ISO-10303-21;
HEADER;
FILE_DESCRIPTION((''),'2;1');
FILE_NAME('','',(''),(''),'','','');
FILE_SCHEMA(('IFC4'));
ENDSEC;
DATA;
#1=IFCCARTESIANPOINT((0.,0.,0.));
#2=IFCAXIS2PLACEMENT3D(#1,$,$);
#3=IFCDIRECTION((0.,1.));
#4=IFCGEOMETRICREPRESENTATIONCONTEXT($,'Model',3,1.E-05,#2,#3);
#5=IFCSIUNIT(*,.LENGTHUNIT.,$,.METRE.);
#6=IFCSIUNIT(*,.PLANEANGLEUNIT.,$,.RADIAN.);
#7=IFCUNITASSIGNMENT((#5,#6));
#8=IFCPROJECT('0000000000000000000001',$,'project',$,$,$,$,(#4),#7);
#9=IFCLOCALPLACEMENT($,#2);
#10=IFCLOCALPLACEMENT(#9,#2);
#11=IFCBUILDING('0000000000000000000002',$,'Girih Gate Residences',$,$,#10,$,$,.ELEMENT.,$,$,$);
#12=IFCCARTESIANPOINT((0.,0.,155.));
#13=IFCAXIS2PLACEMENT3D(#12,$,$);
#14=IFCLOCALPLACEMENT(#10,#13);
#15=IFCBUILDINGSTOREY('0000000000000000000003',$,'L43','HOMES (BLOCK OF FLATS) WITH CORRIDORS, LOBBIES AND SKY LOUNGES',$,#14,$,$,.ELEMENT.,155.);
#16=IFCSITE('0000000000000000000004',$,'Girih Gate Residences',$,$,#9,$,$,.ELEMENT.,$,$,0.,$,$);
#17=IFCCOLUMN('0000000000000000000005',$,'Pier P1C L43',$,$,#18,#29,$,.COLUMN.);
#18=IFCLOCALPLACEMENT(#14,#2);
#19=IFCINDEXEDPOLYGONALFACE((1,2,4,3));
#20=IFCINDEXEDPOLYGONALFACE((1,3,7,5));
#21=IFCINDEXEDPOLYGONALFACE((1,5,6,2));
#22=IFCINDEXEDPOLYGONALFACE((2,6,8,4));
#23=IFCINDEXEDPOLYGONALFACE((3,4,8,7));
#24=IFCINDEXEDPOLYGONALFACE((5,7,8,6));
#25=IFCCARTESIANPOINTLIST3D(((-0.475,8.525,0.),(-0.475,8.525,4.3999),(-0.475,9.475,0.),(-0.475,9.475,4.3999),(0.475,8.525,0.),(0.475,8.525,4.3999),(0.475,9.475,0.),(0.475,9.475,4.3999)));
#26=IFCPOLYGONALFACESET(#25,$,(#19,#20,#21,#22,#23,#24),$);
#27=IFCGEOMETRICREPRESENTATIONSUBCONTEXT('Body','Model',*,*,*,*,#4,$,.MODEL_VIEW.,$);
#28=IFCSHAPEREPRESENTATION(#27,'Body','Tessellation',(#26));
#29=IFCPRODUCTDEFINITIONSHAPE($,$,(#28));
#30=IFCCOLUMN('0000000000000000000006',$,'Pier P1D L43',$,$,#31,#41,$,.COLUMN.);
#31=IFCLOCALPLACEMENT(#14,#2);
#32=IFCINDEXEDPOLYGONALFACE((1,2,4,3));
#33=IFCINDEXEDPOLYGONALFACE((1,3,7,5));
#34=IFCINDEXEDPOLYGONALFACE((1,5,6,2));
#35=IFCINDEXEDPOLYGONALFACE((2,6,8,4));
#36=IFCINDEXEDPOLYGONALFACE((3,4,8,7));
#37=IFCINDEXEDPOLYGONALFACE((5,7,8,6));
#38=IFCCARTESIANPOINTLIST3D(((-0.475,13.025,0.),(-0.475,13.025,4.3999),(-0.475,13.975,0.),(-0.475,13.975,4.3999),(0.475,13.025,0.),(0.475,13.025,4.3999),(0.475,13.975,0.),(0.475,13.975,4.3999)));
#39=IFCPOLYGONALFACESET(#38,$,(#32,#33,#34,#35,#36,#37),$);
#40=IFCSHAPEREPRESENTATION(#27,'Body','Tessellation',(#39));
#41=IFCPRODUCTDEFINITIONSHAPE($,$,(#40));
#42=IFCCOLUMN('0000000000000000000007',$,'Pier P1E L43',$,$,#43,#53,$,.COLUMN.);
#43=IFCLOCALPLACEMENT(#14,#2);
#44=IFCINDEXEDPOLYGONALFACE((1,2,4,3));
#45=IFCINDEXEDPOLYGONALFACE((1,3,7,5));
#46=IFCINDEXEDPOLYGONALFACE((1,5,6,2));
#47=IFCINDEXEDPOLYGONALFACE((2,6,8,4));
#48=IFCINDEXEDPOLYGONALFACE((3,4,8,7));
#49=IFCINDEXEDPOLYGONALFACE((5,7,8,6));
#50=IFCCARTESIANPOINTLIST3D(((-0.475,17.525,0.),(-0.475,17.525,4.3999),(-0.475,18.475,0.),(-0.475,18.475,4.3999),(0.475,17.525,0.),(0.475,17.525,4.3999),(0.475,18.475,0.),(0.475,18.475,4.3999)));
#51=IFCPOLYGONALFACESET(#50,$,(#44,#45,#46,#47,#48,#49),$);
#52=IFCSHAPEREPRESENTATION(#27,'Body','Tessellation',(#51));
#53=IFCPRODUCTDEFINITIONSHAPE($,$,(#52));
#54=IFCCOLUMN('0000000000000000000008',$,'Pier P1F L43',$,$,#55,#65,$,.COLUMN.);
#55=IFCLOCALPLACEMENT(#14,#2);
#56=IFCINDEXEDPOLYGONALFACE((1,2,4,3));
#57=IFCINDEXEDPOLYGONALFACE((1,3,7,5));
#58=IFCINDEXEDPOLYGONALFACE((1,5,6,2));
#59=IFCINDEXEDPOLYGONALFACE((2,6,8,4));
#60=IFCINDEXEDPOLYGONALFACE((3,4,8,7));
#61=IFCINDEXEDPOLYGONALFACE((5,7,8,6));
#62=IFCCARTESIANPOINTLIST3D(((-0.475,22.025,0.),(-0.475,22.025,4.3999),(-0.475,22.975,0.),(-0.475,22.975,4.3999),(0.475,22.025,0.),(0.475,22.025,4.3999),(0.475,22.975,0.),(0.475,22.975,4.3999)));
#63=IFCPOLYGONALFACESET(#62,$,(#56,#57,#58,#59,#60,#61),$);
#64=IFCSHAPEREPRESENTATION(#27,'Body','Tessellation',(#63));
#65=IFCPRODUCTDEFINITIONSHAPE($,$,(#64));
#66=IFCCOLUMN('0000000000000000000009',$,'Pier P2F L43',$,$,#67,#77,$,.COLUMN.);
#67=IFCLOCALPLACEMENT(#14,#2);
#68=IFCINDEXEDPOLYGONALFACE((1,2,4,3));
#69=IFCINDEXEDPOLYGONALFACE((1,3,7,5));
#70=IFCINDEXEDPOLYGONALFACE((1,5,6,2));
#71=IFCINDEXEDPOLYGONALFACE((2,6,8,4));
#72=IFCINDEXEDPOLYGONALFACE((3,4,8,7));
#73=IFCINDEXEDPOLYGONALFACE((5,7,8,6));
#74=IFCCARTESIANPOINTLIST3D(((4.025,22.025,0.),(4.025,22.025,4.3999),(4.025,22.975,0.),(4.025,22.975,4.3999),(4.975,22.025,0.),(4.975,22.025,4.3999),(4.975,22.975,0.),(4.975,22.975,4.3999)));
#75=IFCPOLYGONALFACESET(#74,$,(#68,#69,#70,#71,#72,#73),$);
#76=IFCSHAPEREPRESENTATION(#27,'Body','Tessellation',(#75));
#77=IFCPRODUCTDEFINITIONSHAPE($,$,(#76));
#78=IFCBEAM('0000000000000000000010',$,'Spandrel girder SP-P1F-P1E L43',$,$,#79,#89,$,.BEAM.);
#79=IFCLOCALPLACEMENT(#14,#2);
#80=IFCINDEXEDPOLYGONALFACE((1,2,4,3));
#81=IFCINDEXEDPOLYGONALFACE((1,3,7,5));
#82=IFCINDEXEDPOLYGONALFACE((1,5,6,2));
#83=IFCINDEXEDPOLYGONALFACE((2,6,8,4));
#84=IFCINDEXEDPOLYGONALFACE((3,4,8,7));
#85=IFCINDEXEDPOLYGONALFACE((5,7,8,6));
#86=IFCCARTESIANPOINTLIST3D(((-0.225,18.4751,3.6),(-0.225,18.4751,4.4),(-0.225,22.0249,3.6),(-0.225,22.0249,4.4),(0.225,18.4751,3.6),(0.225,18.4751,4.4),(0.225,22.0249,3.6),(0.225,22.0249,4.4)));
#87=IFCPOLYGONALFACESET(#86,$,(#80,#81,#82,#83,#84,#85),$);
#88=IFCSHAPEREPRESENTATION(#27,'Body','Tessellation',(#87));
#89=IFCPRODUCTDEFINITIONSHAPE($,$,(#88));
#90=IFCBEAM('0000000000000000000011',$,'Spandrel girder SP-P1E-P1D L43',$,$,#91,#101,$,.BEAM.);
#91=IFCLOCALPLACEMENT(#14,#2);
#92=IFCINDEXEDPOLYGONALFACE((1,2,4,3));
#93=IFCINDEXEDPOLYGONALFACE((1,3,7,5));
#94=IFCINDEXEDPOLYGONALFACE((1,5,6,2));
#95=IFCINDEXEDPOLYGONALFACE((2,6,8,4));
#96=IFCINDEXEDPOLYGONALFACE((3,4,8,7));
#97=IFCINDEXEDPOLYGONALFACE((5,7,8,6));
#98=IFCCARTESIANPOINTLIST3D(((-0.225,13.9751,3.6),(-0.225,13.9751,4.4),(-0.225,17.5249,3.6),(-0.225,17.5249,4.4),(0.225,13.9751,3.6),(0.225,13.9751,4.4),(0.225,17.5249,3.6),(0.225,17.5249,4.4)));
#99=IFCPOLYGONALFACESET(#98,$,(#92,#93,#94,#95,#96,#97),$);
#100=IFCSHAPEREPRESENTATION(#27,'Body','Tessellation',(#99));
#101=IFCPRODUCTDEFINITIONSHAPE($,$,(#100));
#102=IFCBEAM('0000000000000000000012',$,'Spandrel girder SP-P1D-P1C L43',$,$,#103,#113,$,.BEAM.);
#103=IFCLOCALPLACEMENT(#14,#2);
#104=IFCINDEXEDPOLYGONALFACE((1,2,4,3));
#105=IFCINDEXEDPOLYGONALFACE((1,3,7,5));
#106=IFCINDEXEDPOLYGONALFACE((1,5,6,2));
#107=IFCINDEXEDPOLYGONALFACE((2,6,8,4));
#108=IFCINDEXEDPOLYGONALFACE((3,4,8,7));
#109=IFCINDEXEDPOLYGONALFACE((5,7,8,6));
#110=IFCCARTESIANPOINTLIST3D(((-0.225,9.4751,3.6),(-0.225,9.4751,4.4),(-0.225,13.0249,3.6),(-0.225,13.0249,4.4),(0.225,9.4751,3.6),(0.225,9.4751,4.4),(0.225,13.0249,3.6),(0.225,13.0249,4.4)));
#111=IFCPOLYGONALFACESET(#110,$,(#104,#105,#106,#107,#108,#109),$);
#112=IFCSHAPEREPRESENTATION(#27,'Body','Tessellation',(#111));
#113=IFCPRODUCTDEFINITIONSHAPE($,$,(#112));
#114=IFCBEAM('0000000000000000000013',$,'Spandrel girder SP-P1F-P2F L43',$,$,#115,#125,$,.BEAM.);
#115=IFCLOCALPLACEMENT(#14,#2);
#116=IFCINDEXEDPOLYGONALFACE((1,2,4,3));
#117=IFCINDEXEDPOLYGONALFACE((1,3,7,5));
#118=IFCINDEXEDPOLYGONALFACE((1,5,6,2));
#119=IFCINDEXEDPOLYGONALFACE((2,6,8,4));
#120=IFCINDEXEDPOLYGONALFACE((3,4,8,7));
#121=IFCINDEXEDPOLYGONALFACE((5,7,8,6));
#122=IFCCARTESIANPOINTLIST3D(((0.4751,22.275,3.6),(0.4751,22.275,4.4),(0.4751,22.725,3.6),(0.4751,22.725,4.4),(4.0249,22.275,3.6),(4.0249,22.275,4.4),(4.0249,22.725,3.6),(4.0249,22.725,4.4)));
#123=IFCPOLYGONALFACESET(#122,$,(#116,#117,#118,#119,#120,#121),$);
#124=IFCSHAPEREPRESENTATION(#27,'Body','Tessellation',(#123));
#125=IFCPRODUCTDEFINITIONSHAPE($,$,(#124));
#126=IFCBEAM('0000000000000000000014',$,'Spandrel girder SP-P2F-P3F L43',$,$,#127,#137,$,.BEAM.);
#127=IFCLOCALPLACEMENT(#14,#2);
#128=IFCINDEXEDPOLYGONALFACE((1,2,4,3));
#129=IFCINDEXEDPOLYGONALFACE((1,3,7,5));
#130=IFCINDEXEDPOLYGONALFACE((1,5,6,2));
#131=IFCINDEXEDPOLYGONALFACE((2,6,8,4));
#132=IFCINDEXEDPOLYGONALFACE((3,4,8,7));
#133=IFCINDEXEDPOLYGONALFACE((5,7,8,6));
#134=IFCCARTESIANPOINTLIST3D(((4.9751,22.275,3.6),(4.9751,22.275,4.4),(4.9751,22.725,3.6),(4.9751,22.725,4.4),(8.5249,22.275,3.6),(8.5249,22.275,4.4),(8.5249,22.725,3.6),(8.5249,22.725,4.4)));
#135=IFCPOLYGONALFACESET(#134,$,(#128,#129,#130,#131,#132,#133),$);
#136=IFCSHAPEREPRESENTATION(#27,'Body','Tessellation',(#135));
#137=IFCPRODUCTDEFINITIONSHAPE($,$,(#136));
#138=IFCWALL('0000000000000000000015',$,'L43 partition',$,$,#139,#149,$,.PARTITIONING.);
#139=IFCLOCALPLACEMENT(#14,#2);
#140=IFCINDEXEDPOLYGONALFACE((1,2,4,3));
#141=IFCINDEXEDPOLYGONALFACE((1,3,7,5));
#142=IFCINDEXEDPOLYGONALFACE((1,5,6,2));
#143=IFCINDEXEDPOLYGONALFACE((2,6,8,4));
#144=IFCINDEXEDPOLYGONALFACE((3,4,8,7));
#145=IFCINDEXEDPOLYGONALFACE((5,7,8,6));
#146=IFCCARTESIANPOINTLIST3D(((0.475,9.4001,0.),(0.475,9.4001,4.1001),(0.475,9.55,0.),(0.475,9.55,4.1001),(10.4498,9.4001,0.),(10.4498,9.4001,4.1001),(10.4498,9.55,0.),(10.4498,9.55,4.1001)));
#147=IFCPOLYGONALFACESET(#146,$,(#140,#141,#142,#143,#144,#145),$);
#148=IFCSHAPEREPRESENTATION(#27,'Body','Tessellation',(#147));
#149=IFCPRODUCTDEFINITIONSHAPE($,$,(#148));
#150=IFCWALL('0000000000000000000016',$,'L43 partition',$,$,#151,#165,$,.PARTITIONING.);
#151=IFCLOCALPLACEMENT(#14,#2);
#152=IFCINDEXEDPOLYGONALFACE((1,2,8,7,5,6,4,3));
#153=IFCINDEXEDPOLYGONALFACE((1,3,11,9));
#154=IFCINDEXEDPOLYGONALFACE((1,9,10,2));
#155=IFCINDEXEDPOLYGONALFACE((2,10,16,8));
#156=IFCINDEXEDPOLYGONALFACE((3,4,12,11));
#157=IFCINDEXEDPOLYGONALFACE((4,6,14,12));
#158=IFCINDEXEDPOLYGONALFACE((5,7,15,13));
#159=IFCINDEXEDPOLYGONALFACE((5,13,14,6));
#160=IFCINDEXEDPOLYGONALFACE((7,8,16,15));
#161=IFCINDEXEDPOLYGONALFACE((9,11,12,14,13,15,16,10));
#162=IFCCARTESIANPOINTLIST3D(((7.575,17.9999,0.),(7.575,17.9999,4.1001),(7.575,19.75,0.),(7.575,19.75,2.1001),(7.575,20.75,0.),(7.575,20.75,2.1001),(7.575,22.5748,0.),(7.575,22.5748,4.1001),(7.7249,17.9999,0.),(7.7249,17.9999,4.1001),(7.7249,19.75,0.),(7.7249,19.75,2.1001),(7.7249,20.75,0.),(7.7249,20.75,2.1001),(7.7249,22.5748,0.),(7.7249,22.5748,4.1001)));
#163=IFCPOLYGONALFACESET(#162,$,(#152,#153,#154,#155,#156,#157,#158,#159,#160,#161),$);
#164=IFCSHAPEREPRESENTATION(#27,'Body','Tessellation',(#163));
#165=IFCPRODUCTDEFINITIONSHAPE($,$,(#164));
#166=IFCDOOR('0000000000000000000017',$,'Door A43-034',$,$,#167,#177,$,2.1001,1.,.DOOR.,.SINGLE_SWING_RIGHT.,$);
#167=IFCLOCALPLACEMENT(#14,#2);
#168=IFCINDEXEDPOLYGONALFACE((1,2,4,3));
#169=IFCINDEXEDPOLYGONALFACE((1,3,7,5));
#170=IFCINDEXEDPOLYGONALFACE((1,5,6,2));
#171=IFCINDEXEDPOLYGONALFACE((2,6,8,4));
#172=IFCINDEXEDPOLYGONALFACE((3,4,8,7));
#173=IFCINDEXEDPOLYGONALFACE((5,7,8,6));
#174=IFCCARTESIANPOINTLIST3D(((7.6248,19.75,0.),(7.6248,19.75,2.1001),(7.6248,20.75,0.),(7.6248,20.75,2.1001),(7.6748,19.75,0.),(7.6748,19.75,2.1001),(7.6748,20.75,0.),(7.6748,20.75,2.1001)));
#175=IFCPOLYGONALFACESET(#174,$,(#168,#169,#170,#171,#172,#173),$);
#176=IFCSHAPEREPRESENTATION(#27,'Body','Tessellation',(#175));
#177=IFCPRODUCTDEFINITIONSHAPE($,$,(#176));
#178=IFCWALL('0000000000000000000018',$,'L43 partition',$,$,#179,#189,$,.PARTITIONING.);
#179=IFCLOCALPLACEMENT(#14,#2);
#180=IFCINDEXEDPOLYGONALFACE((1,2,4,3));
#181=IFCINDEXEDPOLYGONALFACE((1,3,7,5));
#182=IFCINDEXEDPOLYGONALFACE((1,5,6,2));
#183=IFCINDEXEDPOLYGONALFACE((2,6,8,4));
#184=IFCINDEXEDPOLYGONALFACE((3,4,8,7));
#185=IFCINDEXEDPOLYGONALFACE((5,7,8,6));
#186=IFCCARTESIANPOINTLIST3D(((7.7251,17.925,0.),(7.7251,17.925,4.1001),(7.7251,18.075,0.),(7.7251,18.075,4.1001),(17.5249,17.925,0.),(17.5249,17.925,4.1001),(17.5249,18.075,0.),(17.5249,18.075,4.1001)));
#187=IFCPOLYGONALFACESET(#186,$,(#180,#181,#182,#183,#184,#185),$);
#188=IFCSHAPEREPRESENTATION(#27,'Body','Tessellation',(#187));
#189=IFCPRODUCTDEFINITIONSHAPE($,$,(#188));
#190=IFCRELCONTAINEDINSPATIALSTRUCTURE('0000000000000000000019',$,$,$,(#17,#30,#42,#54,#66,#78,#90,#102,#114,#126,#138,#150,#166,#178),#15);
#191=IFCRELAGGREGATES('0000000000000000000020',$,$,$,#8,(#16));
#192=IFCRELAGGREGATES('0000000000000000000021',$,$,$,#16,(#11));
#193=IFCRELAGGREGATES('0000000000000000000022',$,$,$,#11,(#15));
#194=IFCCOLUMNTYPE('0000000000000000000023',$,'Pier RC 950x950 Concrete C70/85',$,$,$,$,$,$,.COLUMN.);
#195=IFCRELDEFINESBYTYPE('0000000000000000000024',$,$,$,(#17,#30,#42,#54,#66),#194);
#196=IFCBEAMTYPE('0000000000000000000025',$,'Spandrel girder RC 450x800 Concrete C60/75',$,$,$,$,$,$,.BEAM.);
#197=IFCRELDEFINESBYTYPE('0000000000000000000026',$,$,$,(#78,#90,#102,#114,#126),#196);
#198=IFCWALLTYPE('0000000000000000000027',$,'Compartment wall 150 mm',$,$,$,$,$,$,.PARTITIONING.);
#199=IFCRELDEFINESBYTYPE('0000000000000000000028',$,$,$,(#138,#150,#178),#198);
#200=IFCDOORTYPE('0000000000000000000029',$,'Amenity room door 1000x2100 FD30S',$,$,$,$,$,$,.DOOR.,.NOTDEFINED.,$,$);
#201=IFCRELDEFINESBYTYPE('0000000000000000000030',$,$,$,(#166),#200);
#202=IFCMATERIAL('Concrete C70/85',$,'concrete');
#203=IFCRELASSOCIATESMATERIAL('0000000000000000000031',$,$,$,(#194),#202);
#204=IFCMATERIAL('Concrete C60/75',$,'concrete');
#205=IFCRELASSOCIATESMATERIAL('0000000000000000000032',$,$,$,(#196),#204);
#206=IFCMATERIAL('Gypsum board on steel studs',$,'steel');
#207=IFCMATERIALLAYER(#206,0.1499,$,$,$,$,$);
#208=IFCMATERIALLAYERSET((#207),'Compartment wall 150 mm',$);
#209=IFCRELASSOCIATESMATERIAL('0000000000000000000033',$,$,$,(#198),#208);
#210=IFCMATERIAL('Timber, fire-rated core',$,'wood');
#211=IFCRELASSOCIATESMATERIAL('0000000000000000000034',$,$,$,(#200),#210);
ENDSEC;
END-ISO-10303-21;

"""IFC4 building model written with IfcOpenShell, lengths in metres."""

from ifc_helpers import new_model, si_unit, direction, frame, frame_2d, origin, origin_2d, place, context, subcontext, project, spatial, rectangle, extrude, material, layer, layer_set, material_profile, profile_set, type_object, element, fill, save


model = new_model("IFC4")

# Units and contexts
model_context = context("Model", 3, precision=1e-05, world=origin(), true_north=direction((0.0, 1.0)))
body_context = subcontext(model_context, "Body", "Model", "MODEL_VIEW")
ifc_project = project(units=[si_unit("LENGTHUNIT", "METRE"), si_unit("PLANEANGLEUNIT", "RADIAN")], contexts=[model_context])

# Site, building, storey
site_placement = place(None, origin())
site = spatial("IfcSite", under=ifc_project, at=site_placement, Name="Girih Gate Residences", CompositionType="ELEMENT", RefElevation=0.0)
building_placement = place(site_placement, origin())
building = spatial("IfcBuilding", under=site, at=building_placement, Name="Girih Gate Residences", CompositionType="ELEMENT")
storey_placement = place(building_placement, frame((0.0, 0.0, 155.0)))
storey = spatial("IfcBuildingStorey", under=building, at=storey_placement, Name="L43", Description="HOMES (BLOCK OF FLATS) WITH CORRIDORS, LOBBIES AND SKY LOUNGES", CompositionType="ELEMENT", Elevation=155.0)

# Columns
ifc_material_1 = material(Name="Concrete C70/85", Category="concrete")
ifc_material_profile_1 = material_profile(ifc_material_1, rectangle(XDim=0.95, YDim=0.95, at=origin_2d()))
ifc_profile_set_1 = profile_set([ifc_material_profile_1], Name="Concrete C70/85")
column_type = type_object("IfcColumnType", Name="Pier RC 950x950 Concrete C70/85", PredefinedType="COLUMN", material=ifc_profile_set_1)
for number, where, z_axis, x_axis, name in (
    (1, (0.0, 9.0, 0.0), (0.0, 0.0, 1.0), (1.0, 0.0, 0.0), "Pier P1C L43"),
    (2, (0.0, 13.5, 0.0), (0.0, 0.0, 1.0), (1.0, 0.0, 0.0), "Pier P1D L43"),
    (3, (0.0, 18.0, 0.0), (0.0, 0.0, 1.0), (1.0, 0.0, 0.0), "Pier P1E L43"),
    (4, (0.0, 22.5, 0.0), (0.0, 0.0, 1.0), (1.0, 0.0, 0.0), "Pier P1F L43"),
    (5, (4.5, 22.5, 0.0), (0.0, 0.0, 1.0), (1.0, 0.0, 0.0), "Pier P2F L43"),
):
    element("IfcColumn", number, at=place(storey_placement, frame(where, z_axis=z_axis, x_axis=x_axis)), inside=storey, type_object=column_type, Name=name, PredefinedType="COLUMN", context=body_context, shape_type="SweptSolid", body=[
        extrude(rectangle(XDim=0.95, YDim=0.95, at=origin_2d()), origin(), (0.0, 0.0, 1.0), 4.3999),
    ])

# Beams
ifc_material_2 = material(Name="Concrete C60/75", Category="concrete")
ifc_material_profile_2 = material_profile(ifc_material_2, rectangle(XDim=0.45, YDim=0.8, at=origin_2d()))
ifc_profile_set_2 = profile_set([ifc_material_profile_2], Name="Concrete C60/75")
beam_type = type_object("IfcBeamType", Name="Spandrel girder RC 450x800 Concrete C60/75", PredefinedType="BEAM", material=ifc_profile_set_2)
for number, where, z_axis, x_axis, name in (
    (6, (0.0, 22.0249, 4.0), (0.0, -1.0, 0.0), (1.0, 0.0, 0.0), "Spandrel girder SP-P1F-P1E L43"),
    (7, (0.0, 17.5249, 4.0), (0.0, -1.0, 0.0), (1.0, 0.0, 0.0), "Spandrel girder SP-P1E-P1D L43"),
    (8, (0.0, 13.0249, 4.0), (0.0, -1.0, 0.0), (1.0, 0.0, 0.0), "Spandrel girder SP-P1D-P1C L43"),
    (9, (0.4751, 22.5, 4.0), (1.0, 0.0, 0.0), (0.0, 1.0, 0.0), "Spandrel girder SP-P1F-P2F L43"),
    (10, (4.9751, 22.5, 4.0), (1.0, 0.0, 0.0), (0.0, 1.0, 0.0), "Spandrel girder SP-P2F-P3F L43"),
):
    element("IfcBeam", number, at=place(storey_placement, frame(where, z_axis=z_axis, x_axis=x_axis)), inside=storey, type_object=beam_type, Name=name, PredefinedType="BEAM", context=body_context, shape_type="SweptSolid", body=[
        extrude(rectangle(XDim=0.45, YDim=0.8, at=origin_2d()), origin(), (0.0, 0.0, 1.0), 3.5498),
    ])

# Wall
ifc_material_3 = material(Name="Gypsum board on steel studs", Category="steel")
ifc_layer_1 = layer(ifc_material_3, 0.1499)
ifc_layer_set_1 = layer_set([ifc_layer_1], Name="Compartment wall 150 mm")
wall_type_1 = type_object("IfcWallType", Name="Compartment wall 150 mm", PredefinedType="PARTITIONING", material=ifc_layer_set_1)
wall_1_placement = place(storey_placement, frame((0.4751, 9.4751, 0.0), z_axis=(0.0, 0.0, 1.0), x_axis=(1.0, 0.0, 0.0)))
element("IfcWall", 11, at=wall_1_placement, inside=storey, type_object=wall_type_1, Name="L43 partition", PredefinedType="PARTITIONING", context=body_context, shape_type="SweptSolid", body=[
    extrude(rectangle(XDim=9.9749, YDim=0.1499, at=frame_2d((4.9873, 0.0))), origin(), (0.0, 0.0, 1.0), 4.1001),
])

# Wall, opening, door
wall_2_placement = place(storey_placement, frame((7.6499, 22.575, 0.0), z_axis=(0.0, 0.0, 1.0), x_axis=(0.0, -1.0, 0.0)))
wall_2 = element("IfcWall", 12, at=wall_2_placement, inside=storey, type_object=wall_type_1, Name="L43 partition", PredefinedType="PARTITIONING", context=body_context, shape_type="SweptSolid", body=[
    extrude(rectangle(XDim=4.575, YDim=0.1499, at=frame_2d((2.2876, 0.0))), origin(), (0.0, 0.0, 1.0), 4.1001),
])
opening_1_placement = place(wall_2_placement, frame((1.825, 0.0, 0.0)))
opening_1 = element("IfcOpeningElement", 13, at=opening_1_placement, cuts=wall_2, PredefinedType="OPENING", context=body_context, shape_type="SweptSolid", body=[
    extrude(rectangle(XDim=1.0, YDim=2.1001, at=frame_2d((0.5, 1.05))), frame((0.0, 0.085, 0.0), z_axis=(0.0, -1.0, 0.0), x_axis=(1.0, 0.0, 0.0)), (0.0, 0.0, 1.0), 0.1699),
])
ifc_material_4 = material(Name="Timber, fire-rated core", Category="wood")
door_type_1 = type_object("IfcDoorType", Name="Amenity room door 1000x2100 FD30S", OperationType="NOTDEFINED", PredefinedType="DOOR", material=ifc_material_4)
door_1_placement = place(opening_1_placement, origin())
door_1 = element("IfcDoor", 14, at=door_1_placement, inside=storey, type_object=door_type_1, Name="Door A43-034", OperationType="SINGLE_SWING_RIGHT", OverallHeight=2.1001, OverallWidth=1.0, PredefinedType="DOOR", context=body_context, shape_type="SweptSolid", body=[
    extrude(rectangle(XDim=1.0, YDim=2.1001, at=frame_2d((0.5, 1.05))), frame((0.0, 0.0249, 0.0), z_axis=(0.0, -1.0, 0.0), x_axis=(1.0, 0.0, 0.0)), (0.0, 0.0, 1.0), 0.05),
])
fill(opening_1, door_1)

# Wall
wall_3_placement = place(storey_placement, frame((7.7251, 18.0, 0.0), z_axis=(0.0, 0.0, 1.0), x_axis=(1.0, 0.0, 0.0)))
element("IfcWall", 15, at=wall_3_placement, inside=storey, type_object=wall_type_1, Name="L43 partition", PredefinedType="PARTITIONING", context=body_context, shape_type="SweptSolid", body=[
    extrude(rectangle(XDim=9.7998, YDim=0.1499, at=frame_2d((4.8999, 0.0))), origin(), (0.0, 0.0, 1.0), 4.1001),
])

save(model, "model.ifc")
